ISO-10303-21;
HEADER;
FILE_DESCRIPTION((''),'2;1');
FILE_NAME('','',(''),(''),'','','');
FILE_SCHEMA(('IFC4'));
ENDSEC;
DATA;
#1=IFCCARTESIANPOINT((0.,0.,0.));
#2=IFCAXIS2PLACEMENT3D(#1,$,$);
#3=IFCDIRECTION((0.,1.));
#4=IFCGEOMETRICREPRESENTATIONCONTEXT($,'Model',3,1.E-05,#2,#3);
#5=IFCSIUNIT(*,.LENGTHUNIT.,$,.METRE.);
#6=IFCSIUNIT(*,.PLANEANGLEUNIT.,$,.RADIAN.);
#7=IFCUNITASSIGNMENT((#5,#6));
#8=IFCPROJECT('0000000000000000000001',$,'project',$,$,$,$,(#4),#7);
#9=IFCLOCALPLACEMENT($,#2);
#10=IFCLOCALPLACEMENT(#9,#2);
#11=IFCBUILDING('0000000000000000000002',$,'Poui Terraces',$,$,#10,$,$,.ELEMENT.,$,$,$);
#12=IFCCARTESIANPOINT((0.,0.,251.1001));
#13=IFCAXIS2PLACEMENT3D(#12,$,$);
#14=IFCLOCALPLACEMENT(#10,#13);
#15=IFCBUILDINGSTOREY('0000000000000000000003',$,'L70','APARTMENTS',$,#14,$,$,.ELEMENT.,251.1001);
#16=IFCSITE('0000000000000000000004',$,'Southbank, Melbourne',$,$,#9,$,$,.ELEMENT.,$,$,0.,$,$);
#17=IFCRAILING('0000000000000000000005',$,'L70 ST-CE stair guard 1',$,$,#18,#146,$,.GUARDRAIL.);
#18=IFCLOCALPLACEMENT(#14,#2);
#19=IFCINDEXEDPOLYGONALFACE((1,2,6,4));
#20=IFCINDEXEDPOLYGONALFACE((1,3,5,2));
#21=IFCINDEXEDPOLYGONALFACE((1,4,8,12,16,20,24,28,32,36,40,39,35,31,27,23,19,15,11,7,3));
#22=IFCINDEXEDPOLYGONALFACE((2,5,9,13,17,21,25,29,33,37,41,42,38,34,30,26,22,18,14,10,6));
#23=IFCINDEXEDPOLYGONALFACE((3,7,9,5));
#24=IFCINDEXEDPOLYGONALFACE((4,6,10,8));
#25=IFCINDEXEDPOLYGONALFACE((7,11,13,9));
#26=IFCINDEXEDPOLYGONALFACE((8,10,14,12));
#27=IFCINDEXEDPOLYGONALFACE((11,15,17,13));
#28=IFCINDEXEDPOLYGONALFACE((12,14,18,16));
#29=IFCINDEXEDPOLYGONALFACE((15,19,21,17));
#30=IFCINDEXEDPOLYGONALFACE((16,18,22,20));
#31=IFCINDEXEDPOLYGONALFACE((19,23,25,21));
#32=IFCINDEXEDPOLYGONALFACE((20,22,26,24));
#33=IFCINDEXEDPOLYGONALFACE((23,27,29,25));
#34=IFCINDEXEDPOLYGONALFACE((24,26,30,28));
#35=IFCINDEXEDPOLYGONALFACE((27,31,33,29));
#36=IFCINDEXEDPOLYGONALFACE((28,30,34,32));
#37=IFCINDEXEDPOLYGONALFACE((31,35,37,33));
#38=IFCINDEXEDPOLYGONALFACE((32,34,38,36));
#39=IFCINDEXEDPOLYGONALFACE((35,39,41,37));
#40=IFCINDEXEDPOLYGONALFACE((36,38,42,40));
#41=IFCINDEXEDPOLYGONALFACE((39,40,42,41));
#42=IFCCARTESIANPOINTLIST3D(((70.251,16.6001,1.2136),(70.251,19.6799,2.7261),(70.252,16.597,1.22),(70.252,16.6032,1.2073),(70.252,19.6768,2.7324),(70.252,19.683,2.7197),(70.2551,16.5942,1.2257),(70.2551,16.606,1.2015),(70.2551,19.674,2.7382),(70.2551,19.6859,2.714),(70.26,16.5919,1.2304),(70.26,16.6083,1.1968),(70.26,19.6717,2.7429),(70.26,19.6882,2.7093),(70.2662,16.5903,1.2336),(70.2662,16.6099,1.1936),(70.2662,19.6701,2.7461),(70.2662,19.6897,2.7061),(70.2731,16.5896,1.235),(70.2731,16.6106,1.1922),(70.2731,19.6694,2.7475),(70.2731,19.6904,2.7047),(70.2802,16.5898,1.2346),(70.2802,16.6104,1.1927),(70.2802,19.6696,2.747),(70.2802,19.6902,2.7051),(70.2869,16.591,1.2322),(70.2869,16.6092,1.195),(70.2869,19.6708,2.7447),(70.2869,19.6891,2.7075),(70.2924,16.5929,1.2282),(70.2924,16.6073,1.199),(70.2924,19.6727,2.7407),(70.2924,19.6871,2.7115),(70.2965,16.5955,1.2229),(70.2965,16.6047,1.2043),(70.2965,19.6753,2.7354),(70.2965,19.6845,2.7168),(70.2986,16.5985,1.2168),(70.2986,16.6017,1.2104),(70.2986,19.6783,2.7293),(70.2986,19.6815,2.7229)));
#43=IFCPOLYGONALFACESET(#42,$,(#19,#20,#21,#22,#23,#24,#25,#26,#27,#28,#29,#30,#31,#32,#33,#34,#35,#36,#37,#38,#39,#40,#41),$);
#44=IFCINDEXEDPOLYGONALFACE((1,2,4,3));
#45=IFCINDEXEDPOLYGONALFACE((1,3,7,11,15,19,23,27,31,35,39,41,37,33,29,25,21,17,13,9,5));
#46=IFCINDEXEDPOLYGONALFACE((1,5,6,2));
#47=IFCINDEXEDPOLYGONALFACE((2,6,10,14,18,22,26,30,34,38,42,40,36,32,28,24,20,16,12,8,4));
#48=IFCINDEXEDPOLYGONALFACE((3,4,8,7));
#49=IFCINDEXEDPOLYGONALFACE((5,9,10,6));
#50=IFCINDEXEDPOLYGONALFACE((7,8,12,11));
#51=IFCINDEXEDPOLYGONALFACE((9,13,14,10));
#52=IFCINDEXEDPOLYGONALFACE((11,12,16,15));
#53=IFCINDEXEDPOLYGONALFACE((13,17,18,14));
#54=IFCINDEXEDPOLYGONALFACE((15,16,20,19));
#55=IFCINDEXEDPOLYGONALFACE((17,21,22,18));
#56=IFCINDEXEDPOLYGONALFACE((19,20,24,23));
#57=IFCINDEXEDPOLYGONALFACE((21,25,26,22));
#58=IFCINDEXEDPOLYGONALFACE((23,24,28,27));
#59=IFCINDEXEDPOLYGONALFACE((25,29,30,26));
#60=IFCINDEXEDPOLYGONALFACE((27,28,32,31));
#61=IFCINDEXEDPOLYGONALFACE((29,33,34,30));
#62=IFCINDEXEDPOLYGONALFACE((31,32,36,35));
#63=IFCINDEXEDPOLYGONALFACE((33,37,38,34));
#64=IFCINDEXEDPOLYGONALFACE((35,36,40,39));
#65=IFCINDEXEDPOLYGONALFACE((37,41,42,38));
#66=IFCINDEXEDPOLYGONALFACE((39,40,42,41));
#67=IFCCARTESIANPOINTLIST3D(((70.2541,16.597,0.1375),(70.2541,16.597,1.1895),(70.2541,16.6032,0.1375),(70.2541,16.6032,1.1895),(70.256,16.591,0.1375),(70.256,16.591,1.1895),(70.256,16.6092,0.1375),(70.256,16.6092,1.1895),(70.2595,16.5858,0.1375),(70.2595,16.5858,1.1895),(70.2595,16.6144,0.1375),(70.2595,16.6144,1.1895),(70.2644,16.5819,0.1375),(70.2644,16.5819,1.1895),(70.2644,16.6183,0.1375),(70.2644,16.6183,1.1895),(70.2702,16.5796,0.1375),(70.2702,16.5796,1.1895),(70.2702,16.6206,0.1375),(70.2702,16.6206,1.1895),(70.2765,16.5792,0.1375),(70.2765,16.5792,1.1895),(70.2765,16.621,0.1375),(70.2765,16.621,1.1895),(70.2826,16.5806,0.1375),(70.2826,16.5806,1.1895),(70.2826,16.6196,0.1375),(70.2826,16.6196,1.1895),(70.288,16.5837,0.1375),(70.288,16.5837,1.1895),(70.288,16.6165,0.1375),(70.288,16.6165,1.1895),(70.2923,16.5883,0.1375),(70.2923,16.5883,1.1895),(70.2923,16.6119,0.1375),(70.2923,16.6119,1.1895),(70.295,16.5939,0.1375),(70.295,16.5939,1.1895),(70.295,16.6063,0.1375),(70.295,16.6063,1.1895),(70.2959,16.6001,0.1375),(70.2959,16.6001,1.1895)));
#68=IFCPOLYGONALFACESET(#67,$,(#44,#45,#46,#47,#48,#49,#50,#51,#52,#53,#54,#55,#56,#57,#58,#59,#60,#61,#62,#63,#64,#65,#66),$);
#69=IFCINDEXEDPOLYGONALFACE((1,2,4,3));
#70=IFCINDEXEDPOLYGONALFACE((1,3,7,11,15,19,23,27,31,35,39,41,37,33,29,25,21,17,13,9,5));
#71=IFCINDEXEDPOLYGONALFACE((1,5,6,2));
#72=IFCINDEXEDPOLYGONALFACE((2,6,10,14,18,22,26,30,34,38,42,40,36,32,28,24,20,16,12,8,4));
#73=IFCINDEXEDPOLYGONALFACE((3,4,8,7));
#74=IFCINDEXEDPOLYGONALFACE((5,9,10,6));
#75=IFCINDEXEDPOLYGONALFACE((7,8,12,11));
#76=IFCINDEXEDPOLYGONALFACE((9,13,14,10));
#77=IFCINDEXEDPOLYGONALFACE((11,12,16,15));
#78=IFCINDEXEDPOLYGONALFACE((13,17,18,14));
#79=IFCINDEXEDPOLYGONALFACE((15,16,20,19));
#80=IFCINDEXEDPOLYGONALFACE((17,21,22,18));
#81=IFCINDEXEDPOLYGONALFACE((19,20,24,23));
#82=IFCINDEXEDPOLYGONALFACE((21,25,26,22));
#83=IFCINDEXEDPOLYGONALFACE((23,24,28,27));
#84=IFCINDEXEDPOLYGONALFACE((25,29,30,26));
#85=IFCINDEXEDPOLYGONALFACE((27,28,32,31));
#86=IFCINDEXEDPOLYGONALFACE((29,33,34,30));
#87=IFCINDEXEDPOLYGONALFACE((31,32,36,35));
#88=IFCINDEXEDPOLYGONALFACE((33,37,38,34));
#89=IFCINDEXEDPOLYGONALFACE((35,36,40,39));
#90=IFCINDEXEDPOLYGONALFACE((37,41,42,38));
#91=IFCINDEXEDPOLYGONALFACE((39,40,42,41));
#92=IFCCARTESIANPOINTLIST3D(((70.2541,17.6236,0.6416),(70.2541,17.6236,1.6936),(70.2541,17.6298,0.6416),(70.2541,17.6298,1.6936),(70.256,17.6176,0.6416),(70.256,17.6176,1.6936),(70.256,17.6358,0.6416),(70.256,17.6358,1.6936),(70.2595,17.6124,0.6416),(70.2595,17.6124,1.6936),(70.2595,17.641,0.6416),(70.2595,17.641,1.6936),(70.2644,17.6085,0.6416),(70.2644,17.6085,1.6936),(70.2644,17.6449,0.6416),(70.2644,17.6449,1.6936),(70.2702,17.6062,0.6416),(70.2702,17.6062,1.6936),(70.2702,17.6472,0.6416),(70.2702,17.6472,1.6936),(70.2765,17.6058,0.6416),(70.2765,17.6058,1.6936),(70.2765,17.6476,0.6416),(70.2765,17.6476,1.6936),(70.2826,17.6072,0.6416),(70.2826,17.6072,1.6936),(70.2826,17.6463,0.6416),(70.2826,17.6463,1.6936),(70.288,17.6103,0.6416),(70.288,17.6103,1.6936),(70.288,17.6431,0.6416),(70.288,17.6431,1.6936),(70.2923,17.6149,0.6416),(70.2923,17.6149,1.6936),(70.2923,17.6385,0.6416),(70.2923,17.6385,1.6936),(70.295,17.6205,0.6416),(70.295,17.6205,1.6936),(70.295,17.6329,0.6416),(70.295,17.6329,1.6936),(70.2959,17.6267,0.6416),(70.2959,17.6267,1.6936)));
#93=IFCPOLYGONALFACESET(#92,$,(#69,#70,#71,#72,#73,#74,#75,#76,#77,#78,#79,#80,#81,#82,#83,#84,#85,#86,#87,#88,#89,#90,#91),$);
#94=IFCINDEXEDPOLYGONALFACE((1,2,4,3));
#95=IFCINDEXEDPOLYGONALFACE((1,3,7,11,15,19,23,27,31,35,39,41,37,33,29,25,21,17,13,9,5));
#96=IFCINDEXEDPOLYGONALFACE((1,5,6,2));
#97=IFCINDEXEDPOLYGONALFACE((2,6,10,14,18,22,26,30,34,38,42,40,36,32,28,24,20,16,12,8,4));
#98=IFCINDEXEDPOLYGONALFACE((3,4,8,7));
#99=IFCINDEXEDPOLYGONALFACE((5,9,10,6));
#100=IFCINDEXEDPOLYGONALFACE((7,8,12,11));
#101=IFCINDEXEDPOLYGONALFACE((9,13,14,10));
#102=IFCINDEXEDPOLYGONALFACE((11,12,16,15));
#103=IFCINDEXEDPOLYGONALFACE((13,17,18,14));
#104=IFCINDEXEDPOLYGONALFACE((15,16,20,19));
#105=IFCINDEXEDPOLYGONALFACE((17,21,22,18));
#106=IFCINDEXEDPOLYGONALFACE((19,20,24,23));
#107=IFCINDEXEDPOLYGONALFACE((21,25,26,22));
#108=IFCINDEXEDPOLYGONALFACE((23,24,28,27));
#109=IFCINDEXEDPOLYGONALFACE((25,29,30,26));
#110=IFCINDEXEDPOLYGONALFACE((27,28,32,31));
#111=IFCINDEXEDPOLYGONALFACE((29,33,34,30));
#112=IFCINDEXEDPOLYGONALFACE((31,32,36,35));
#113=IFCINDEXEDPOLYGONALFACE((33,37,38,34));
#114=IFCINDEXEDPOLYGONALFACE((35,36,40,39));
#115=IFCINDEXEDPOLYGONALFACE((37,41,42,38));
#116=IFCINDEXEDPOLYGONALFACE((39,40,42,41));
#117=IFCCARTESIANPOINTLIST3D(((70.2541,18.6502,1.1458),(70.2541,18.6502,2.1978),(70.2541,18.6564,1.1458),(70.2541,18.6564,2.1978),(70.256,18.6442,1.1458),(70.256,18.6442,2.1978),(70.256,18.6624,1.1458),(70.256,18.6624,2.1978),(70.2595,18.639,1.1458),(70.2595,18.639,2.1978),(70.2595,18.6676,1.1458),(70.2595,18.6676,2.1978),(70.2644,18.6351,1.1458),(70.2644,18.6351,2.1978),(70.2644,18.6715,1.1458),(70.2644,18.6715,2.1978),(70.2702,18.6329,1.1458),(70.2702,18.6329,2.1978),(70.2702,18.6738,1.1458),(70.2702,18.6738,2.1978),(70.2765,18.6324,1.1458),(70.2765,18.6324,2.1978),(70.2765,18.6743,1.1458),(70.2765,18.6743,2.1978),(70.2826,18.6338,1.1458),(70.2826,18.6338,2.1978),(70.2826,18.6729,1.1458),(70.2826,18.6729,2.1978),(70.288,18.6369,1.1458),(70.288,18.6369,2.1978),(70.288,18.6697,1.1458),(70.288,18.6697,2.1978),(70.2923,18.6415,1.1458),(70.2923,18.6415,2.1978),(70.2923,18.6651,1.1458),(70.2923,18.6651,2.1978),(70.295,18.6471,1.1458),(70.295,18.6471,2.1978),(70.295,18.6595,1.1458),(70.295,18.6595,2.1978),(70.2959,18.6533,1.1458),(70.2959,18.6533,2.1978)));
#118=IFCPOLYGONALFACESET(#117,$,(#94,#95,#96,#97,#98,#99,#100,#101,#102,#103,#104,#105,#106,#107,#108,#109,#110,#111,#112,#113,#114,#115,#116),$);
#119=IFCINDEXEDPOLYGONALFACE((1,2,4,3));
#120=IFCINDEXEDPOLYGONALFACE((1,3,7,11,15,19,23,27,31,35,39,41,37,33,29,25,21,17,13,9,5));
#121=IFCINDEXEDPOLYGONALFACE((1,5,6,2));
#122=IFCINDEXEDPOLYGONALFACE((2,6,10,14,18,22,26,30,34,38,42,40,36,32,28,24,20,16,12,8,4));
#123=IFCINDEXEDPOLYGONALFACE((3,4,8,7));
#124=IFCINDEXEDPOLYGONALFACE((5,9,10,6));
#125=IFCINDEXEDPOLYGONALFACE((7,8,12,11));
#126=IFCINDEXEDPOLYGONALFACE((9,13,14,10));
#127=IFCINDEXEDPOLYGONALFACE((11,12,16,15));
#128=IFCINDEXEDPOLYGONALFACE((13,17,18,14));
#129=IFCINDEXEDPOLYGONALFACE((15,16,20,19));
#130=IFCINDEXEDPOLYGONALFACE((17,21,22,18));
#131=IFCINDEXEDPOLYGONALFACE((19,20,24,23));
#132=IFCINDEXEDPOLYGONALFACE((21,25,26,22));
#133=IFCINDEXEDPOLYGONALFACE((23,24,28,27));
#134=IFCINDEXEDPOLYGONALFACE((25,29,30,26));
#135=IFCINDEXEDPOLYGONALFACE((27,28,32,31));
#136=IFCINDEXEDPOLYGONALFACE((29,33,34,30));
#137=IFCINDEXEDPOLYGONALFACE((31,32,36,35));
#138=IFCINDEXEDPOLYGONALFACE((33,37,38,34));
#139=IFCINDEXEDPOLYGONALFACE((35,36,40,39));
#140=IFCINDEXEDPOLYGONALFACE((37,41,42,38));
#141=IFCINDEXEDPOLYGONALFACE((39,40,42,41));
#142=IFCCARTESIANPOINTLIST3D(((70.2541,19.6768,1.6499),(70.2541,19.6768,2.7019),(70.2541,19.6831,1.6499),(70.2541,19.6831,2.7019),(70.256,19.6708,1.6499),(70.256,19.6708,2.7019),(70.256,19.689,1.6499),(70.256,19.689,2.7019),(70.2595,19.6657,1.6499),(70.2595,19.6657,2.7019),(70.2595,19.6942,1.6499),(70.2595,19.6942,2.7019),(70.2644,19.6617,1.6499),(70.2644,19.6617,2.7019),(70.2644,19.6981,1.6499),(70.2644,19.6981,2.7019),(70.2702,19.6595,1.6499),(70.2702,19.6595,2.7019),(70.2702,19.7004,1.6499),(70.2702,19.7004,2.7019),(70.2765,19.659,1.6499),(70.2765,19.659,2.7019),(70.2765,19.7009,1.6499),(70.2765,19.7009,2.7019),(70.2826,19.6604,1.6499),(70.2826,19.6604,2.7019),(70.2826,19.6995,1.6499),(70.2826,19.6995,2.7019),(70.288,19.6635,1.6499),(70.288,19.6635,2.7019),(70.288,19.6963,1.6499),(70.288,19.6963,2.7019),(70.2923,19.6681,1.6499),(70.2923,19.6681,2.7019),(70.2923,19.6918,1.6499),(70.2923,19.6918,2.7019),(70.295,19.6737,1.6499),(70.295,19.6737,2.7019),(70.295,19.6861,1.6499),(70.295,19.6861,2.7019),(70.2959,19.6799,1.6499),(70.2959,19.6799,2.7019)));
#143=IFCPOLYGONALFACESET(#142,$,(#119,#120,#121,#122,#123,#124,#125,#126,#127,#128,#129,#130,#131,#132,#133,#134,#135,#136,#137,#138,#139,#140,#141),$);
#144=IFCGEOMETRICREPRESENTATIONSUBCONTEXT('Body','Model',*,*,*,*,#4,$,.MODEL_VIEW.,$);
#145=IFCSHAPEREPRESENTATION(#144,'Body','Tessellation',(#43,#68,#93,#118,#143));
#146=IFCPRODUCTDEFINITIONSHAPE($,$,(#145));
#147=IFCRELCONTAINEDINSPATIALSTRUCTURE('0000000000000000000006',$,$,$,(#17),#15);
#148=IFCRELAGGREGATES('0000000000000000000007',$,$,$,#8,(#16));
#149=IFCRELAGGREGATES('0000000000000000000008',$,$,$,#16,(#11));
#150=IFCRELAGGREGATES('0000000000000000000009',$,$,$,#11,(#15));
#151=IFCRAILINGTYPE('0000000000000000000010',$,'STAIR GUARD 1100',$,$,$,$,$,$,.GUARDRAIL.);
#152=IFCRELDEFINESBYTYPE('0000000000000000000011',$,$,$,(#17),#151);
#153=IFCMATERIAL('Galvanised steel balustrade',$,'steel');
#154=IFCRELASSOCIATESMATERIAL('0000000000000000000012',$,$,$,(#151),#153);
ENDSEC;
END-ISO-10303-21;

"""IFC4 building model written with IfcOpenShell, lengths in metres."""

from ifc_helpers import new_model, si_unit, direction, frame, origin, origin_2d, place, context, subcontext, project, spatial, circle, extrude, material, type_object, element, save


model = new_model("IFC4")

# Units and contexts
model_context = context("Model", 3, precision=1e-05, world=origin(), true_north=direction((0.0, 1.0)))
body_context = subcontext(model_context, "Body", "Model", "MODEL_VIEW")
ifc_project = project(units=[si_unit("LENGTHUNIT", "METRE"), si_unit("PLANEANGLEUNIT", "RADIAN")], contexts=[model_context])

# Site, building, storey
site_placement = place(None, origin())
site = spatial("IfcSite", under=ifc_project, at=site_placement, Name="Southbank, Melbourne", CompositionType="ELEMENT", RefElevation=0.0)
building_placement = place(site_placement, origin())
building = spatial("IfcBuilding", under=site, at=building_placement, Name="Poui Terraces", CompositionType="ELEMENT")
storey_placement = place(building_placement, frame((0.0, 0.0, 251.1001)))
storey = spatial("IfcBuildingStorey", under=building, at=storey_placement, Name="L70", Description="APARTMENTS", CompositionType="ELEMENT", Elevation=251.1001)

# Railing
ifc_material_1 = material(Name="Galvanised steel balustrade", Category="steel")
railing_type_1 = type_object("IfcRailingType", Name="STAIR GUARD 1100", PredefinedType="GUARDRAIL", material=ifc_material_1)
railing_1_placement = place(storey_placement, frame((70.2749, 16.6001, 0.1375)))
element("IfcRailing", 1, at=railing_1_placement, inside=storey, type_object=railing_type_1, Name="L70 ST-CE stair guard 1", PredefinedType="GUARDRAIL", context=body_context, shape_type="SweptSolid", body=[
    extrude(circle(Radius=0.0239, at=origin_2d()), frame((0.0, 0.0, 1.0762), z_axis=(0.0, 0.897606, 0.440798), x_axis=(-1.0, 0.0, 0.0)), (0.0, 0.0, 1.0), 3.4312),
    extrude(circle(Radius=0.021, at=origin_2d()), origin(), (0.0, 0.0, 1.0), 1.052),
    extrude(circle(Radius=0.021, at=origin_2d()), frame((0.0, 1.0266, 0.5042)), (0.0, 0.0, 1.0), 1.052),
    extrude(circle(Radius=0.021, at=origin_2d()), frame((0.0, 2.0532, 1.0083)), (0.0, 0.0, 1.0), 1.052),
    extrude(circle(Radius=0.021, at=origin_2d()), frame((0.0, 3.0798, 1.5125)), (0.0, 0.0, 1.0), 1.052),
])

save(model, "model.ifc")
